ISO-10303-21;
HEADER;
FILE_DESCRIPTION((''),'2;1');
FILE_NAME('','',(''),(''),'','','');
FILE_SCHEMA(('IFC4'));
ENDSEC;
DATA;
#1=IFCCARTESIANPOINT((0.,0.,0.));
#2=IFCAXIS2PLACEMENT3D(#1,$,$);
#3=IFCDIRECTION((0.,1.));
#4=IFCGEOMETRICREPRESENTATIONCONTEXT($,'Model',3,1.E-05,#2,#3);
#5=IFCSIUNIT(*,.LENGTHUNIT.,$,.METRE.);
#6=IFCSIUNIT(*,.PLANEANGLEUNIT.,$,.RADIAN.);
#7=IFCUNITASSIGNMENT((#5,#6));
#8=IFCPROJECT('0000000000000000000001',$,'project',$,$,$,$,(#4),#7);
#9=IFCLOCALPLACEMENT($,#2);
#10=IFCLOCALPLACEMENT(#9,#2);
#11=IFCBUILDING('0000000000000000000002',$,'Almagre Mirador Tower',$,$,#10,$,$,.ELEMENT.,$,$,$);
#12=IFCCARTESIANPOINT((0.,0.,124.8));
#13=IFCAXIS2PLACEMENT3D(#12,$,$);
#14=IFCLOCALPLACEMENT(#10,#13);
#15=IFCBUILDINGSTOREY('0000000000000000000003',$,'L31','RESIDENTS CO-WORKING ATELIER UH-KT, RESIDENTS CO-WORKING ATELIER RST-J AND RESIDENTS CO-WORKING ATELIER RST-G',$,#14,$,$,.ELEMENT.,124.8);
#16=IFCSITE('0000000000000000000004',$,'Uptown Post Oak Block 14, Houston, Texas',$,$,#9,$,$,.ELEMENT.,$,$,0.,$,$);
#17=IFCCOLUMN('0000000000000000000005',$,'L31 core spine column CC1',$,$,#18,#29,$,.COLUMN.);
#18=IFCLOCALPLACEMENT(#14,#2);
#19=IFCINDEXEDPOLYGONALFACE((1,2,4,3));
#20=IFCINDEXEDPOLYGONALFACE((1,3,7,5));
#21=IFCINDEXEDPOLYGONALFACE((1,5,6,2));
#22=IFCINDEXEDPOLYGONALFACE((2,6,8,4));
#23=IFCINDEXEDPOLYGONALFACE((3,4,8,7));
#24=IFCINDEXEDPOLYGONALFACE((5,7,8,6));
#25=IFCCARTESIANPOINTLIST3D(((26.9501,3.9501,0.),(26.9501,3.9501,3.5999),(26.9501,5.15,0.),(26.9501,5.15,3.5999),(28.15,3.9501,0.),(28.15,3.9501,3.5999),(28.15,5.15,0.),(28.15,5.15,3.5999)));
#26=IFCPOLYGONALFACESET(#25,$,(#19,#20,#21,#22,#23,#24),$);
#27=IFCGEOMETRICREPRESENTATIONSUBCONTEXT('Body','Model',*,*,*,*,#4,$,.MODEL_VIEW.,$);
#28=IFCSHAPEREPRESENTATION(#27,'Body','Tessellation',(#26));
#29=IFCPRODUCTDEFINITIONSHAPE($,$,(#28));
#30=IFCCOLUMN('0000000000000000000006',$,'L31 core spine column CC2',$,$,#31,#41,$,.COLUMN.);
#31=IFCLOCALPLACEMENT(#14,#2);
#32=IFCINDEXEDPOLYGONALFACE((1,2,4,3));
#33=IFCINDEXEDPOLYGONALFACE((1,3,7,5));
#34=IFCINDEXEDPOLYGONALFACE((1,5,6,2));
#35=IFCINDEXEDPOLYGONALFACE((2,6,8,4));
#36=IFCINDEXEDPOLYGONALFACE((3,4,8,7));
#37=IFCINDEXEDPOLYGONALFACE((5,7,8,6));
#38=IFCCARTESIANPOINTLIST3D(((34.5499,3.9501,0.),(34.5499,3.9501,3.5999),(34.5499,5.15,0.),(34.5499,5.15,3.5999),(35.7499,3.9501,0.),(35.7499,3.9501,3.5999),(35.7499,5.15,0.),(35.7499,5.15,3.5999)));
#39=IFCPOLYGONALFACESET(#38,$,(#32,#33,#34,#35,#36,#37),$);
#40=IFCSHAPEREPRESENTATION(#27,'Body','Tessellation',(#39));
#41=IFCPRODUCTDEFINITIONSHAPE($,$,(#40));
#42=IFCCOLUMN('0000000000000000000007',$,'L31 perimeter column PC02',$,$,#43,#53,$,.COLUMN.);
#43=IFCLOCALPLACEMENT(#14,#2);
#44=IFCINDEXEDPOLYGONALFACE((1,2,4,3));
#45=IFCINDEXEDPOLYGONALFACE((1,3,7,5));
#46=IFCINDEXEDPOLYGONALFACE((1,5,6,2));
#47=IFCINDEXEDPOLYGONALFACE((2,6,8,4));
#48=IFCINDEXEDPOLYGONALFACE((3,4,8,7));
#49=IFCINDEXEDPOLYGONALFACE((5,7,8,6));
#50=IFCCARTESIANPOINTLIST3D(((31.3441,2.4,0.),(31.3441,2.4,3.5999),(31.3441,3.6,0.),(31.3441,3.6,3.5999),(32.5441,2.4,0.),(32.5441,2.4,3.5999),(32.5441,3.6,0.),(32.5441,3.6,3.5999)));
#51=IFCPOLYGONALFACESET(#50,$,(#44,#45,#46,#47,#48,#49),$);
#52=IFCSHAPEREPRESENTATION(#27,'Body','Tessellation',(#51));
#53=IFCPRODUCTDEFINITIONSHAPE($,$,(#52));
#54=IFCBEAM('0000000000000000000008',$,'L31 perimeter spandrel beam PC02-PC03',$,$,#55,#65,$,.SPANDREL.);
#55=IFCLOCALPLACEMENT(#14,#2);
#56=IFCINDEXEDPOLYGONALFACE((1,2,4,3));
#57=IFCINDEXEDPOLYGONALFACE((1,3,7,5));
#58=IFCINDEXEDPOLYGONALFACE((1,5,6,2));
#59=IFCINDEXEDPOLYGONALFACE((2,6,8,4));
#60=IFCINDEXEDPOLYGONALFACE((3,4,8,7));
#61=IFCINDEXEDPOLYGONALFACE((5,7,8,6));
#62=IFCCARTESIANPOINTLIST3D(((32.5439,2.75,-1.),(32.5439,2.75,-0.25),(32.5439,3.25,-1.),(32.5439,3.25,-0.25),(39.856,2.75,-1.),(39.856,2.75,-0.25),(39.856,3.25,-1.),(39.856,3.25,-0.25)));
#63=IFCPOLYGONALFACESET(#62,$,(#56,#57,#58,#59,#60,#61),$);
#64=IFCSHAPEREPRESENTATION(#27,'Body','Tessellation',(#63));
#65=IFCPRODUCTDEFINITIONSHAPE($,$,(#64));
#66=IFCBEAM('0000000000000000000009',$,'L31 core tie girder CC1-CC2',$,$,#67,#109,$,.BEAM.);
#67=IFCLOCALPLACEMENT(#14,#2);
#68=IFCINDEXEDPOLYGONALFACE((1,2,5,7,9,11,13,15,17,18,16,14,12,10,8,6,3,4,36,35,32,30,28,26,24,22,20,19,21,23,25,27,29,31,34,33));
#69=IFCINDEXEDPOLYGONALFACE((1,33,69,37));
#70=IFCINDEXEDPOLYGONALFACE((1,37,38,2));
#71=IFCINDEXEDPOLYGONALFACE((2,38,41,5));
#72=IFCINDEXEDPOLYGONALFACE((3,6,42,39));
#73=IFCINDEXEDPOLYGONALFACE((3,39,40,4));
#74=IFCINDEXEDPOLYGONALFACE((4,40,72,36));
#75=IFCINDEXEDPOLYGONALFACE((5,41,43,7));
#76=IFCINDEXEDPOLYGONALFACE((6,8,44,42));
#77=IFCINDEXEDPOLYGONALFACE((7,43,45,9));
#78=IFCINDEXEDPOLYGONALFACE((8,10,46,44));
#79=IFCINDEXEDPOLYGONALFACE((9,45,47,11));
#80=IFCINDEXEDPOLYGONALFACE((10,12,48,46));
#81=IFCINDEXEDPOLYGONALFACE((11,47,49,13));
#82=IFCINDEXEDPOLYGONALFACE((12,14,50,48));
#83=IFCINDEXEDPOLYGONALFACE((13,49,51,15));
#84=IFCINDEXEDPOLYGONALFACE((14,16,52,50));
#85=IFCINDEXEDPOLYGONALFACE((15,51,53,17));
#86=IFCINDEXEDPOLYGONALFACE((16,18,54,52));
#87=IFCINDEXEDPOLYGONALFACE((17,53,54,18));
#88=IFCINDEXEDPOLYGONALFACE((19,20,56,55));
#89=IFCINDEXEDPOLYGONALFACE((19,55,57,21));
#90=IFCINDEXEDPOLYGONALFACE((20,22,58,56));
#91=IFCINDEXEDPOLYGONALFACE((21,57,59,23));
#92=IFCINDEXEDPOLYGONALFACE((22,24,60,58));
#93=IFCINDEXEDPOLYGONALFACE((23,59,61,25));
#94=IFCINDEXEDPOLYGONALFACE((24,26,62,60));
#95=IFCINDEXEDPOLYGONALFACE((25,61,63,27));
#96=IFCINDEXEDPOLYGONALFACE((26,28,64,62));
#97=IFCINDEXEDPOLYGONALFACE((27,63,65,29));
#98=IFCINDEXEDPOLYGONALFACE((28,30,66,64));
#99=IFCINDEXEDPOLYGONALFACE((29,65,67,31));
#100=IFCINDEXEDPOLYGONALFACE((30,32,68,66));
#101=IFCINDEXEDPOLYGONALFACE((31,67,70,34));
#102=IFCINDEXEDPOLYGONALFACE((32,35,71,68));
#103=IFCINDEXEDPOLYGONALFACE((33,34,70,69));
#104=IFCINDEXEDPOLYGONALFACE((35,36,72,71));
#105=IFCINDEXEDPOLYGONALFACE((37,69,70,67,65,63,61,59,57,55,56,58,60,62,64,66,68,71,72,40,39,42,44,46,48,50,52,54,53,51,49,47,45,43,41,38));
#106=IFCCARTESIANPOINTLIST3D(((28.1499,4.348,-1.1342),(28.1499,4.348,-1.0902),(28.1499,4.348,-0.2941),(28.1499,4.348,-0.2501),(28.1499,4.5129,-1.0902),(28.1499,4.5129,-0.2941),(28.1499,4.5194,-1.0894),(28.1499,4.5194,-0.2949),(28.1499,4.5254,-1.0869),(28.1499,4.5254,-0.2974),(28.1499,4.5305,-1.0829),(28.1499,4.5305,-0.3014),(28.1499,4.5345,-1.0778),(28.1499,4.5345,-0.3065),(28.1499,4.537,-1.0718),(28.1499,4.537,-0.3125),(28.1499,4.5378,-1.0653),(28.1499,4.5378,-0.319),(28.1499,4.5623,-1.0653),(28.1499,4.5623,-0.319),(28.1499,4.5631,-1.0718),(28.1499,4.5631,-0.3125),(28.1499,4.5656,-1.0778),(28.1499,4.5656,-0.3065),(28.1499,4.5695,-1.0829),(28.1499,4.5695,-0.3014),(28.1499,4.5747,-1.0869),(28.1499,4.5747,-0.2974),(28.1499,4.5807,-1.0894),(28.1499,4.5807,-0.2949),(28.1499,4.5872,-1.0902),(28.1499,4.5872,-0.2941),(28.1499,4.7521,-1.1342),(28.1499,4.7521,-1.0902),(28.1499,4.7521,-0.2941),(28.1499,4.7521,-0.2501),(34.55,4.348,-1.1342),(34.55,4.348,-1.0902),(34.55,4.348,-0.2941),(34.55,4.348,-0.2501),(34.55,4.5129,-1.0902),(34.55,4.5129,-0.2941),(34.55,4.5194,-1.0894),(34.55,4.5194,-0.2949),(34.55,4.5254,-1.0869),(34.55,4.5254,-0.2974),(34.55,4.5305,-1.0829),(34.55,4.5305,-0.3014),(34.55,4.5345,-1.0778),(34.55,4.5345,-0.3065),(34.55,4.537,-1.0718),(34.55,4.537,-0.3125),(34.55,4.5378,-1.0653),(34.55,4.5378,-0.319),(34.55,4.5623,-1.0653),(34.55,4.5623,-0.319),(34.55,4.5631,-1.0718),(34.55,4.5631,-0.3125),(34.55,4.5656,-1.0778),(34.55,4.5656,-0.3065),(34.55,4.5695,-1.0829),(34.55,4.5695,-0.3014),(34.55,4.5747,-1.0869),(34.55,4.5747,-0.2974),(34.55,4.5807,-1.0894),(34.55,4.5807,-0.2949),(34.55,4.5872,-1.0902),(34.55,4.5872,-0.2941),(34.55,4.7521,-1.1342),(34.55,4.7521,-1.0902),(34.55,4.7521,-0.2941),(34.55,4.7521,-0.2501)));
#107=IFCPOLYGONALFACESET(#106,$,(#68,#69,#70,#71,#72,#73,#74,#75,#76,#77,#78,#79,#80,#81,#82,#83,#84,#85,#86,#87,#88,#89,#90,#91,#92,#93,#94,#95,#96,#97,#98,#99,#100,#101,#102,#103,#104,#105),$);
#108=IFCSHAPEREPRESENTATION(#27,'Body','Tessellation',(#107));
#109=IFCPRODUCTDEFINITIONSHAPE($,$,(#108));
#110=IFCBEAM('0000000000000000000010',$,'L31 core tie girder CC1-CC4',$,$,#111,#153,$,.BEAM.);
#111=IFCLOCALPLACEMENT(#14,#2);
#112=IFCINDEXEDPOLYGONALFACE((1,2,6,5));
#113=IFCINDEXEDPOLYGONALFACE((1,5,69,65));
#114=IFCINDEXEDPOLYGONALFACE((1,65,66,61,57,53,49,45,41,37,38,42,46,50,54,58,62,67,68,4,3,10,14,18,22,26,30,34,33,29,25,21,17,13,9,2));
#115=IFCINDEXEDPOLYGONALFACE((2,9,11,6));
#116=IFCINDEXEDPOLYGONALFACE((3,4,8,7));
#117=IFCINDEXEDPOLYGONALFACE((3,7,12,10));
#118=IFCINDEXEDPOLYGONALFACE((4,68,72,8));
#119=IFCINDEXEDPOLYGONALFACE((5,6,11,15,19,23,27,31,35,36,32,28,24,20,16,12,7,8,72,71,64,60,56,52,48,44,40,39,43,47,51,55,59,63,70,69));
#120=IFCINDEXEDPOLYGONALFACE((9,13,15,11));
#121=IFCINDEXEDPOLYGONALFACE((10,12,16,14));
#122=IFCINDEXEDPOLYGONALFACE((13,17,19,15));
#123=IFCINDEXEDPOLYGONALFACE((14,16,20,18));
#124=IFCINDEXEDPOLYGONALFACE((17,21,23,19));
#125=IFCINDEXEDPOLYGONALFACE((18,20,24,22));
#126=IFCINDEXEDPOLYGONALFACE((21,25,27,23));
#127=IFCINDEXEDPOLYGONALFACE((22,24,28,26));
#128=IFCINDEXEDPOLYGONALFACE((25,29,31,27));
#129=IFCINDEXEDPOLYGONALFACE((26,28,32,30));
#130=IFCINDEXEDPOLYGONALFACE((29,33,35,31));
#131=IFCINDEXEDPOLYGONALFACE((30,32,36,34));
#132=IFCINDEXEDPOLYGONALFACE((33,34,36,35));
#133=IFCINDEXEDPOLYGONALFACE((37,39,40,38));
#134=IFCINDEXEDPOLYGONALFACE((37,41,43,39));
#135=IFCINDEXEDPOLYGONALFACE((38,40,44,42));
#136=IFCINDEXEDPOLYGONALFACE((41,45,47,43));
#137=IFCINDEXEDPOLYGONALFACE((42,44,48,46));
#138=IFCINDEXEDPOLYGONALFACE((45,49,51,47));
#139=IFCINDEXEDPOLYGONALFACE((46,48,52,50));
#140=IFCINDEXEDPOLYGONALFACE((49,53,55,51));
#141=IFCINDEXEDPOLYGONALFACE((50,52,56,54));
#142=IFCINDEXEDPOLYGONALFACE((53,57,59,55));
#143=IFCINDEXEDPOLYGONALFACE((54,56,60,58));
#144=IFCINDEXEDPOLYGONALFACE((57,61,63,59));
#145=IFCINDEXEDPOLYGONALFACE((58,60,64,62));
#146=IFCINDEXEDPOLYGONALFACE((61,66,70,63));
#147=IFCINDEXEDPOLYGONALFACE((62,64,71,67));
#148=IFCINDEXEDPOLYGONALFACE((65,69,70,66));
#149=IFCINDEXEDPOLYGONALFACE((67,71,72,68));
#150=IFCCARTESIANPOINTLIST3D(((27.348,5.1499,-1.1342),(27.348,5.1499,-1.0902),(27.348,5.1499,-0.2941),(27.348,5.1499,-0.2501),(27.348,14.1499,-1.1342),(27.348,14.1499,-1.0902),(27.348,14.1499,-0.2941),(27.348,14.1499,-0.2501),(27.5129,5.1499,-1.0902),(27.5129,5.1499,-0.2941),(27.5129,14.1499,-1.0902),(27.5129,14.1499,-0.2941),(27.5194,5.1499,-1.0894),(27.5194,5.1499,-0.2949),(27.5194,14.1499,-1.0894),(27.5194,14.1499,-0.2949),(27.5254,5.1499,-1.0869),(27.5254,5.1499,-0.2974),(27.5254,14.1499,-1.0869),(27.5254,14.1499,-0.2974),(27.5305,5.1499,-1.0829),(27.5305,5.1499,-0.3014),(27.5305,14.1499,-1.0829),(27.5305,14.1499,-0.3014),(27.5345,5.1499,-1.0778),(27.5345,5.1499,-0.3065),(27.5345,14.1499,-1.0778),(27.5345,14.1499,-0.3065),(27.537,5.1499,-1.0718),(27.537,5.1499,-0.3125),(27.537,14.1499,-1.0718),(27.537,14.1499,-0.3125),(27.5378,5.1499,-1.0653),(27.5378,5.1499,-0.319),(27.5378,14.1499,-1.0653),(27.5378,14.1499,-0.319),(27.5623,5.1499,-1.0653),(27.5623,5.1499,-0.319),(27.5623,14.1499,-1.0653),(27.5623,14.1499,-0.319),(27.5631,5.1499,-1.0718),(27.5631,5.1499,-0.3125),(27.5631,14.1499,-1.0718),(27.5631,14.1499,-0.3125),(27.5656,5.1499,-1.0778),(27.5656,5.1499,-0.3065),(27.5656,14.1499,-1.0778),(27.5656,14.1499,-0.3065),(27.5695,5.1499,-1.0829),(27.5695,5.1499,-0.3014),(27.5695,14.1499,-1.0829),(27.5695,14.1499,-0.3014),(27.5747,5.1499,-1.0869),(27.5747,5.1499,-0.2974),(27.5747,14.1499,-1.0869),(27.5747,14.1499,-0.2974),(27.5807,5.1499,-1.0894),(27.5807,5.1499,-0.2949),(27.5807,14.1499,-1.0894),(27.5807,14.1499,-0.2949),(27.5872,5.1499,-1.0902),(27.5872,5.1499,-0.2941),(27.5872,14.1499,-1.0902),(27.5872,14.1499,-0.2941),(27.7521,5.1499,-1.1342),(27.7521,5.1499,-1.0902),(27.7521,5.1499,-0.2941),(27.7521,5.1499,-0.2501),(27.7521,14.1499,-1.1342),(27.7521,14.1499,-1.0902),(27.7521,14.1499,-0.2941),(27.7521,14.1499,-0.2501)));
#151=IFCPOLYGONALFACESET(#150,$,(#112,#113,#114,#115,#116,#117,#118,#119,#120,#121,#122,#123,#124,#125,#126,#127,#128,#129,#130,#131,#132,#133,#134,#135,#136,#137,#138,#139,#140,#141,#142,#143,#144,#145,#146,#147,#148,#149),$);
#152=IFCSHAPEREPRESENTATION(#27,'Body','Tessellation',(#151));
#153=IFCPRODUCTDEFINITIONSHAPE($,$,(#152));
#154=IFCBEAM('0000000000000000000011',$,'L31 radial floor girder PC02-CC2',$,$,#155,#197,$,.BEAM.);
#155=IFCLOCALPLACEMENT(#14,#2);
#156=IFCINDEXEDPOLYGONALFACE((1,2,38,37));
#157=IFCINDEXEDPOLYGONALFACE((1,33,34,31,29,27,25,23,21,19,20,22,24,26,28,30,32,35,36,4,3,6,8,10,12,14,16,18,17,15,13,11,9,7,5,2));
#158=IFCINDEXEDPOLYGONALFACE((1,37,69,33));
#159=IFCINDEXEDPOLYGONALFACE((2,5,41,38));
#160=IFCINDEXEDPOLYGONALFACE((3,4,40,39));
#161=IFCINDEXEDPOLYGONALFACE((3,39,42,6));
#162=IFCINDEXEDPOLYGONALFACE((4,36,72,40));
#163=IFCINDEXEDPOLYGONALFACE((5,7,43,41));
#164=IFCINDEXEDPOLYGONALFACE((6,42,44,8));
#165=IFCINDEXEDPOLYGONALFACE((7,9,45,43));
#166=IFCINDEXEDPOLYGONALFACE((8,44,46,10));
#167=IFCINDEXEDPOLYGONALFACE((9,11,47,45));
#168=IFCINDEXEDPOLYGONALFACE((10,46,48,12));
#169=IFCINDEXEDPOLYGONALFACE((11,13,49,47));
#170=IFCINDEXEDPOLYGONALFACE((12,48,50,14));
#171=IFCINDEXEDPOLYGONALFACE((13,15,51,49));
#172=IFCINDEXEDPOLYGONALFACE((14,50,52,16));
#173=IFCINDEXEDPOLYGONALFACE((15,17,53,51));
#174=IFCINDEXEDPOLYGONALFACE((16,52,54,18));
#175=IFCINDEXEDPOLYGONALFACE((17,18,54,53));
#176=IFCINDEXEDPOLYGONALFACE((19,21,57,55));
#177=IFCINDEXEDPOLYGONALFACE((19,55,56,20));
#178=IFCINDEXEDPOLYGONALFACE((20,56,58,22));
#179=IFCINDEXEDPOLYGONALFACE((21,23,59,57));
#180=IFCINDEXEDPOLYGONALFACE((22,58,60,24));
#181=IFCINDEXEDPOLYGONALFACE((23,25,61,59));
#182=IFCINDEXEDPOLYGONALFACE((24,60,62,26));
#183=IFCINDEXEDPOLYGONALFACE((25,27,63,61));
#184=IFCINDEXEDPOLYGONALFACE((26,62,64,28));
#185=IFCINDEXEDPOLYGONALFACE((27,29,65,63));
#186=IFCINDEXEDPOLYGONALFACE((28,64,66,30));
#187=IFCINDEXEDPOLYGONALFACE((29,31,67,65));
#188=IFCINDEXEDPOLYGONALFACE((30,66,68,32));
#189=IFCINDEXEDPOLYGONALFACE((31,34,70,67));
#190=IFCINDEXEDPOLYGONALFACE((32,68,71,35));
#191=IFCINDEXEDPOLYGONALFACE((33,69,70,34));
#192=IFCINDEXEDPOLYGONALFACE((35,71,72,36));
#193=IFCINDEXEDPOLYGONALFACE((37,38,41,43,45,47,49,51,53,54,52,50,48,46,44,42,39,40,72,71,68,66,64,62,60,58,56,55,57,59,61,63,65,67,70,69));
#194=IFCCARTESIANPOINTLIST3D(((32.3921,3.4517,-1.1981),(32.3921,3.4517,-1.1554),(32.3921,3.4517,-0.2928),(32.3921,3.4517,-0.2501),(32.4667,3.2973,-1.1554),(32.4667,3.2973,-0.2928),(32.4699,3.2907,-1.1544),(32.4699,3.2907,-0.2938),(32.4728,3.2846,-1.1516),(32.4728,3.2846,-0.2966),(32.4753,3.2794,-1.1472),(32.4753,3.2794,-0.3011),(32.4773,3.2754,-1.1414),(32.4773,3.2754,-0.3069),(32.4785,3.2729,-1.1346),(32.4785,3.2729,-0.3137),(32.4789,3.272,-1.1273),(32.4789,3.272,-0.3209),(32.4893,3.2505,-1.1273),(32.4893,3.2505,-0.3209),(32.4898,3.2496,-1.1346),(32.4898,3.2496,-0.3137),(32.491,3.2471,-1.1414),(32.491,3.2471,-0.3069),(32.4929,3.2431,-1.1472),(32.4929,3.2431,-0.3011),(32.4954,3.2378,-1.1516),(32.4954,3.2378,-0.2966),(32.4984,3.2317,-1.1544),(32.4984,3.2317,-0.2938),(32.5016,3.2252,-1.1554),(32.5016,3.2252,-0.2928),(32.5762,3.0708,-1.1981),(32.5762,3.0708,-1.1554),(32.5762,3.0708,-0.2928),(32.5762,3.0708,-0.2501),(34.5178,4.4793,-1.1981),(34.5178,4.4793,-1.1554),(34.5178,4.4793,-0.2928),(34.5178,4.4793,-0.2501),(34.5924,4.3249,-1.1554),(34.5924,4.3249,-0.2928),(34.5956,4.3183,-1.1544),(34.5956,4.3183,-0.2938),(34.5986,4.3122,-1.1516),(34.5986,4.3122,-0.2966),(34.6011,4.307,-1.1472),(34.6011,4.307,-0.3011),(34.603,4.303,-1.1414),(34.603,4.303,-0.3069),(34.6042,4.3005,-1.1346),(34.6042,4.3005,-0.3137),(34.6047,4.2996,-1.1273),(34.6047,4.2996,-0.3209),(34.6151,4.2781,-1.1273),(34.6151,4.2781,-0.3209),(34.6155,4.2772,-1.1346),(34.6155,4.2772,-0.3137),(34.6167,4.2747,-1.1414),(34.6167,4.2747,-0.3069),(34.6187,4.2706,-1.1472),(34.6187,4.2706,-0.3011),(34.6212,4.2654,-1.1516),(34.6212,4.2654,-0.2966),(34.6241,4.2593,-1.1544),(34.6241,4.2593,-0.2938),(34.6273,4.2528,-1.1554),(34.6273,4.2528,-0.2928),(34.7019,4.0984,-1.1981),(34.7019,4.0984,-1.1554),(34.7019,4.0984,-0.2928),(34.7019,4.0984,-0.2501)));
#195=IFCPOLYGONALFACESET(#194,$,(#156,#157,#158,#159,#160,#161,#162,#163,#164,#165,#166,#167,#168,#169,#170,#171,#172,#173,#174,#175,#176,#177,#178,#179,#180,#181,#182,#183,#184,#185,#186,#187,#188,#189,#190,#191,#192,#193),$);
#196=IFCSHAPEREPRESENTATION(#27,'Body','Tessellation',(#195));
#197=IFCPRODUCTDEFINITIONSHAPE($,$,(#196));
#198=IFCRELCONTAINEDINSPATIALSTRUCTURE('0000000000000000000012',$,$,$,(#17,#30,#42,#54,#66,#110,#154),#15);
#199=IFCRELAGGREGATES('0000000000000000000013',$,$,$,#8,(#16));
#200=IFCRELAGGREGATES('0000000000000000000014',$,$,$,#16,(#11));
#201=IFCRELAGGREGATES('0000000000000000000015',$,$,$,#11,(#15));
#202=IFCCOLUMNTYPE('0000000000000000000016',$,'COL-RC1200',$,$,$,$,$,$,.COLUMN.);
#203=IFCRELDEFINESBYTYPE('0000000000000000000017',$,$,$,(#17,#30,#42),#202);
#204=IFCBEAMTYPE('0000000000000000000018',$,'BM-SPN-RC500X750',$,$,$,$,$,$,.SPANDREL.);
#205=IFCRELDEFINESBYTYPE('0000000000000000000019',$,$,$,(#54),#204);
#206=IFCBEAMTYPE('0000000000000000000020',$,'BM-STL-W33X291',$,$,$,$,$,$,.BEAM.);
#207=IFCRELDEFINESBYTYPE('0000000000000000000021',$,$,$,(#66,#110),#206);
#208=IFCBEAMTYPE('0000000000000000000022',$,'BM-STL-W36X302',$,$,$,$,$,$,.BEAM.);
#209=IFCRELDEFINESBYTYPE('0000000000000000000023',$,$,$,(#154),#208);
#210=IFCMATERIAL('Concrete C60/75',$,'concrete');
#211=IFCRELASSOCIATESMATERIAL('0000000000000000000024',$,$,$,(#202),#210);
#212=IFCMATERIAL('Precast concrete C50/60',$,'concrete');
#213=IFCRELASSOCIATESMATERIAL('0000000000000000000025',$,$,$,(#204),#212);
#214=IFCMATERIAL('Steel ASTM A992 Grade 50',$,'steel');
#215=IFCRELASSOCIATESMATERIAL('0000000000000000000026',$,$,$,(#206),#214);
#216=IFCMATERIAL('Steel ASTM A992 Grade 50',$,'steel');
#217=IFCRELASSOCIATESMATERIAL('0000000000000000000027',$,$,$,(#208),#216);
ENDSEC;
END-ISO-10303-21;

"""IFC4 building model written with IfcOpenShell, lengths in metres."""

from ifc_helpers import new_model, si_unit, direction, frame, origin, origin_2d, place, context, subcontext, project, spatial, rectangle, i_section, extrude, material, material_profile, profile_set, type_object, element, save


model = new_model("IFC4")

# Units and contexts
model_context = context("Model", 3, precision=1e-05, world=origin(), true_north=direction((0.0, 1.0)))
body_context = subcontext(model_context, "Body", "Model", "MODEL_VIEW")
ifc_project = project(units=[si_unit("LENGTHUNIT", "METRE"), si_unit("PLANEANGLEUNIT", "RADIAN")], contexts=[model_context])

# Site, building, storey
site_placement = place(None, origin())
site = spatial("IfcSite", under=ifc_project, at=site_placement, Name="Uptown Post Oak Block 14, Houston, Texas", CompositionType="ELEMENT", RefElevation=0.0)
building_placement = place(site_placement, origin())
building = spatial("IfcBuilding", under=site, at=building_placement, Name="Almagre Mirador Tower", CompositionType="ELEMENT")
storey_placement = place(building_placement, frame((0.0, 0.0, 124.8)))
storey = spatial("IfcBuildingStorey", under=building, at=storey_placement, Name="L31", Description="RESIDENTS CO-WORKING ATELIER UH-KT, RESIDENTS CO-WORKING ATELIER RST-J AND RESIDENTS CO-WORKING ATELIER RST-G", CompositionType="ELEMENT", Elevation=124.8)

# Columns
ifc_material_1 = material(Name="Concrete C60/75", Category="concrete")
ifc_material_profile_1 = material_profile(ifc_material_1, rectangle(XDim=1.2, YDim=1.2, at=origin_2d()), Name="RC1200X1200")
ifc_profile_set_1 = profile_set([ifc_material_profile_1], Name="Concrete C60/75")
column_type = type_object("IfcColumnType", Name="COL-RC1200", PredefinedType="COLUMN", material=ifc_profile_set_1)
for number, where, z_axis, x_axis, name in (
    (1, (27.55, 4.55, 0.0), (0.0, 0.0, 1.0), (1.0, 0.0, 0.0), "L31 core spine column CC1"),
    (2, (35.1499, 4.55, 0.0), (0.0, 0.0, 1.0), (1.0, 0.0, 0.0), "L31 core spine column CC2"),
    (3, (31.9441, 3.0, 0.0), (0.0, 0.0, 1.0), (1.0, 0.0, 0.0), "L31 perimeter column PC02"),
):
    element("IfcColumn", number, at=place(storey_placement, frame(where, z_axis=z_axis, x_axis=x_axis)), inside=storey, type_object=column_type, Name=name, PredefinedType="COLUMN", context=body_context, shape_type="SweptSolid", body=[
        extrude(rectangle(XDim=1.2, YDim=1.2, at=origin_2d()), origin(), (0.0, 0.0, 1.0), 3.5999),
    ])

# Beams
ifc_material_2 = material(Name="Precast concrete C50/60", Category="concrete")
ifc_material_profile_2 = material_profile(ifc_material_2, rectangle(XDim=0.5, YDim=0.75, at=origin_2d()), Name="RC500X750")
ifc_profile_set_2 = profile_set([ifc_material_profile_2], Name="Precast concrete C50/60")
beam_type_1 = type_object("IfcBeamType", Name="BM-SPN-RC500X750", PredefinedType="SPANDREL", material=ifc_profile_set_2)
beam_1_placement = place(storey_placement, frame((32.5439, 3.0, -0.625), z_axis=(1.0, 0.0, 0.0), x_axis=(0.0, 1.0, 0.0)))
element("IfcBeam", 4, at=beam_1_placement, inside=storey, type_object=beam_type_1, Name="L31 perimeter spandrel beam PC02-PC03", PredefinedType="SPANDREL", context=body_context, shape_type="SweptSolid", body=[
    extrude(rectangle(XDim=0.5, YDim=0.75, at=origin_2d()), origin(), (0.0, 0.0, 1.0), 7.312),
])
ifc_material_3 = material(Name="Steel ASTM A992 Grade 50", Category="steel")
ifc_material_profile_3 = material_profile(ifc_material_3, i_section(OverallWidth=0.4041, OverallDepth=0.884, WebThickness=0.0244, FlangeThickness=0.0439, FilletRadius=0.0249, at=origin_2d()), Name="W33X291")
ifc_profile_set_3 = profile_set([ifc_material_profile_3], Name="Steel ASTM A992 Grade 50")
beam_type_2 = type_object("IfcBeamType", Name="BM-STL-W33X291", PredefinedType="BEAM", material=ifc_profile_set_3)
beam_2_placement = place(storey_placement, frame((28.1499, 4.55, -0.6921), z_axis=(1.0, 0.0, 0.0), x_axis=(0.0, 1.0, 0.0)))
element("IfcBeam", 5, at=beam_2_placement, inside=storey, type_object=beam_type_2, Name="L31 core tie girder CC1-CC2", PredefinedType="BEAM", context=body_context, shape_type="SweptSolid", body=[
    extrude(i_section(OverallWidth=0.4041, OverallDepth=0.884, WebThickness=0.0244, FlangeThickness=0.0439, FilletRadius=0.0249, at=origin_2d()), origin(), (0.0, 0.0, 1.0), 6.4001),
])
beam_3_placement = place(storey_placement, frame((27.55, 5.1499, -0.6921), z_axis=(0.0, 1.0, 0.0), x_axis=(-1.0, 0.0, 0.0)))
element("IfcBeam", 6, at=beam_3_placement, inside=storey, type_object=beam_type_2, Name="L31 core tie girder CC1-CC4", PredefinedType="BEAM", context=body_context, shape_type="SweptSolid", body=[
    extrude(i_section(OverallWidth=0.4041, OverallDepth=0.884, WebThickness=0.0244, FlangeThickness=0.0439, FilletRadius=0.0249, at=origin_2d()), origin(), (0.0, 0.0, 1.0), 9.0),
])
ifc_material_4 = material(Name="Steel ASTM A992 Grade 50", Category="steel")
ifc_material_profile_4 = material_profile(ifc_material_4, i_section(OverallWidth=0.4231, OverallDepth=0.948, WebThickness=0.0239, FlangeThickness=0.0427, FilletRadius=0.0281, at=origin_2d()), Name="W36X302")
ifc_profile_set_4 = profile_set([ifc_material_profile_4], Name="Steel ASTM A992 Grade 50")
beam_type_3 = type_object("IfcBeamType", Name="BM-STL-W36X302", PredefinedType="BEAM", material=ifc_profile_set_4)
beam_4_placement = place(storey_placement, frame((32.4841, 3.2612, -0.7241), z_axis=(0.900324, 0.43522, 0.0), x_axis=(-0.43522, 0.900324, 0.0)))
element("IfcBeam", 7, at=beam_4_placement, inside=storey, type_object=beam_type_3, Name="L31 radial floor girder PC02-CC2", PredefinedType="BEAM", context=body_context, shape_type="SweptSolid", body=[
    extrude(i_section(OverallWidth=0.4231, OverallDepth=0.948, WebThickness=0.0239, FlangeThickness=0.0427, FilletRadius=0.0281, at=origin_2d()), origin(), (0.0, 0.0, 1.0), 2.3611),
])

save(model, "model.ifc")
